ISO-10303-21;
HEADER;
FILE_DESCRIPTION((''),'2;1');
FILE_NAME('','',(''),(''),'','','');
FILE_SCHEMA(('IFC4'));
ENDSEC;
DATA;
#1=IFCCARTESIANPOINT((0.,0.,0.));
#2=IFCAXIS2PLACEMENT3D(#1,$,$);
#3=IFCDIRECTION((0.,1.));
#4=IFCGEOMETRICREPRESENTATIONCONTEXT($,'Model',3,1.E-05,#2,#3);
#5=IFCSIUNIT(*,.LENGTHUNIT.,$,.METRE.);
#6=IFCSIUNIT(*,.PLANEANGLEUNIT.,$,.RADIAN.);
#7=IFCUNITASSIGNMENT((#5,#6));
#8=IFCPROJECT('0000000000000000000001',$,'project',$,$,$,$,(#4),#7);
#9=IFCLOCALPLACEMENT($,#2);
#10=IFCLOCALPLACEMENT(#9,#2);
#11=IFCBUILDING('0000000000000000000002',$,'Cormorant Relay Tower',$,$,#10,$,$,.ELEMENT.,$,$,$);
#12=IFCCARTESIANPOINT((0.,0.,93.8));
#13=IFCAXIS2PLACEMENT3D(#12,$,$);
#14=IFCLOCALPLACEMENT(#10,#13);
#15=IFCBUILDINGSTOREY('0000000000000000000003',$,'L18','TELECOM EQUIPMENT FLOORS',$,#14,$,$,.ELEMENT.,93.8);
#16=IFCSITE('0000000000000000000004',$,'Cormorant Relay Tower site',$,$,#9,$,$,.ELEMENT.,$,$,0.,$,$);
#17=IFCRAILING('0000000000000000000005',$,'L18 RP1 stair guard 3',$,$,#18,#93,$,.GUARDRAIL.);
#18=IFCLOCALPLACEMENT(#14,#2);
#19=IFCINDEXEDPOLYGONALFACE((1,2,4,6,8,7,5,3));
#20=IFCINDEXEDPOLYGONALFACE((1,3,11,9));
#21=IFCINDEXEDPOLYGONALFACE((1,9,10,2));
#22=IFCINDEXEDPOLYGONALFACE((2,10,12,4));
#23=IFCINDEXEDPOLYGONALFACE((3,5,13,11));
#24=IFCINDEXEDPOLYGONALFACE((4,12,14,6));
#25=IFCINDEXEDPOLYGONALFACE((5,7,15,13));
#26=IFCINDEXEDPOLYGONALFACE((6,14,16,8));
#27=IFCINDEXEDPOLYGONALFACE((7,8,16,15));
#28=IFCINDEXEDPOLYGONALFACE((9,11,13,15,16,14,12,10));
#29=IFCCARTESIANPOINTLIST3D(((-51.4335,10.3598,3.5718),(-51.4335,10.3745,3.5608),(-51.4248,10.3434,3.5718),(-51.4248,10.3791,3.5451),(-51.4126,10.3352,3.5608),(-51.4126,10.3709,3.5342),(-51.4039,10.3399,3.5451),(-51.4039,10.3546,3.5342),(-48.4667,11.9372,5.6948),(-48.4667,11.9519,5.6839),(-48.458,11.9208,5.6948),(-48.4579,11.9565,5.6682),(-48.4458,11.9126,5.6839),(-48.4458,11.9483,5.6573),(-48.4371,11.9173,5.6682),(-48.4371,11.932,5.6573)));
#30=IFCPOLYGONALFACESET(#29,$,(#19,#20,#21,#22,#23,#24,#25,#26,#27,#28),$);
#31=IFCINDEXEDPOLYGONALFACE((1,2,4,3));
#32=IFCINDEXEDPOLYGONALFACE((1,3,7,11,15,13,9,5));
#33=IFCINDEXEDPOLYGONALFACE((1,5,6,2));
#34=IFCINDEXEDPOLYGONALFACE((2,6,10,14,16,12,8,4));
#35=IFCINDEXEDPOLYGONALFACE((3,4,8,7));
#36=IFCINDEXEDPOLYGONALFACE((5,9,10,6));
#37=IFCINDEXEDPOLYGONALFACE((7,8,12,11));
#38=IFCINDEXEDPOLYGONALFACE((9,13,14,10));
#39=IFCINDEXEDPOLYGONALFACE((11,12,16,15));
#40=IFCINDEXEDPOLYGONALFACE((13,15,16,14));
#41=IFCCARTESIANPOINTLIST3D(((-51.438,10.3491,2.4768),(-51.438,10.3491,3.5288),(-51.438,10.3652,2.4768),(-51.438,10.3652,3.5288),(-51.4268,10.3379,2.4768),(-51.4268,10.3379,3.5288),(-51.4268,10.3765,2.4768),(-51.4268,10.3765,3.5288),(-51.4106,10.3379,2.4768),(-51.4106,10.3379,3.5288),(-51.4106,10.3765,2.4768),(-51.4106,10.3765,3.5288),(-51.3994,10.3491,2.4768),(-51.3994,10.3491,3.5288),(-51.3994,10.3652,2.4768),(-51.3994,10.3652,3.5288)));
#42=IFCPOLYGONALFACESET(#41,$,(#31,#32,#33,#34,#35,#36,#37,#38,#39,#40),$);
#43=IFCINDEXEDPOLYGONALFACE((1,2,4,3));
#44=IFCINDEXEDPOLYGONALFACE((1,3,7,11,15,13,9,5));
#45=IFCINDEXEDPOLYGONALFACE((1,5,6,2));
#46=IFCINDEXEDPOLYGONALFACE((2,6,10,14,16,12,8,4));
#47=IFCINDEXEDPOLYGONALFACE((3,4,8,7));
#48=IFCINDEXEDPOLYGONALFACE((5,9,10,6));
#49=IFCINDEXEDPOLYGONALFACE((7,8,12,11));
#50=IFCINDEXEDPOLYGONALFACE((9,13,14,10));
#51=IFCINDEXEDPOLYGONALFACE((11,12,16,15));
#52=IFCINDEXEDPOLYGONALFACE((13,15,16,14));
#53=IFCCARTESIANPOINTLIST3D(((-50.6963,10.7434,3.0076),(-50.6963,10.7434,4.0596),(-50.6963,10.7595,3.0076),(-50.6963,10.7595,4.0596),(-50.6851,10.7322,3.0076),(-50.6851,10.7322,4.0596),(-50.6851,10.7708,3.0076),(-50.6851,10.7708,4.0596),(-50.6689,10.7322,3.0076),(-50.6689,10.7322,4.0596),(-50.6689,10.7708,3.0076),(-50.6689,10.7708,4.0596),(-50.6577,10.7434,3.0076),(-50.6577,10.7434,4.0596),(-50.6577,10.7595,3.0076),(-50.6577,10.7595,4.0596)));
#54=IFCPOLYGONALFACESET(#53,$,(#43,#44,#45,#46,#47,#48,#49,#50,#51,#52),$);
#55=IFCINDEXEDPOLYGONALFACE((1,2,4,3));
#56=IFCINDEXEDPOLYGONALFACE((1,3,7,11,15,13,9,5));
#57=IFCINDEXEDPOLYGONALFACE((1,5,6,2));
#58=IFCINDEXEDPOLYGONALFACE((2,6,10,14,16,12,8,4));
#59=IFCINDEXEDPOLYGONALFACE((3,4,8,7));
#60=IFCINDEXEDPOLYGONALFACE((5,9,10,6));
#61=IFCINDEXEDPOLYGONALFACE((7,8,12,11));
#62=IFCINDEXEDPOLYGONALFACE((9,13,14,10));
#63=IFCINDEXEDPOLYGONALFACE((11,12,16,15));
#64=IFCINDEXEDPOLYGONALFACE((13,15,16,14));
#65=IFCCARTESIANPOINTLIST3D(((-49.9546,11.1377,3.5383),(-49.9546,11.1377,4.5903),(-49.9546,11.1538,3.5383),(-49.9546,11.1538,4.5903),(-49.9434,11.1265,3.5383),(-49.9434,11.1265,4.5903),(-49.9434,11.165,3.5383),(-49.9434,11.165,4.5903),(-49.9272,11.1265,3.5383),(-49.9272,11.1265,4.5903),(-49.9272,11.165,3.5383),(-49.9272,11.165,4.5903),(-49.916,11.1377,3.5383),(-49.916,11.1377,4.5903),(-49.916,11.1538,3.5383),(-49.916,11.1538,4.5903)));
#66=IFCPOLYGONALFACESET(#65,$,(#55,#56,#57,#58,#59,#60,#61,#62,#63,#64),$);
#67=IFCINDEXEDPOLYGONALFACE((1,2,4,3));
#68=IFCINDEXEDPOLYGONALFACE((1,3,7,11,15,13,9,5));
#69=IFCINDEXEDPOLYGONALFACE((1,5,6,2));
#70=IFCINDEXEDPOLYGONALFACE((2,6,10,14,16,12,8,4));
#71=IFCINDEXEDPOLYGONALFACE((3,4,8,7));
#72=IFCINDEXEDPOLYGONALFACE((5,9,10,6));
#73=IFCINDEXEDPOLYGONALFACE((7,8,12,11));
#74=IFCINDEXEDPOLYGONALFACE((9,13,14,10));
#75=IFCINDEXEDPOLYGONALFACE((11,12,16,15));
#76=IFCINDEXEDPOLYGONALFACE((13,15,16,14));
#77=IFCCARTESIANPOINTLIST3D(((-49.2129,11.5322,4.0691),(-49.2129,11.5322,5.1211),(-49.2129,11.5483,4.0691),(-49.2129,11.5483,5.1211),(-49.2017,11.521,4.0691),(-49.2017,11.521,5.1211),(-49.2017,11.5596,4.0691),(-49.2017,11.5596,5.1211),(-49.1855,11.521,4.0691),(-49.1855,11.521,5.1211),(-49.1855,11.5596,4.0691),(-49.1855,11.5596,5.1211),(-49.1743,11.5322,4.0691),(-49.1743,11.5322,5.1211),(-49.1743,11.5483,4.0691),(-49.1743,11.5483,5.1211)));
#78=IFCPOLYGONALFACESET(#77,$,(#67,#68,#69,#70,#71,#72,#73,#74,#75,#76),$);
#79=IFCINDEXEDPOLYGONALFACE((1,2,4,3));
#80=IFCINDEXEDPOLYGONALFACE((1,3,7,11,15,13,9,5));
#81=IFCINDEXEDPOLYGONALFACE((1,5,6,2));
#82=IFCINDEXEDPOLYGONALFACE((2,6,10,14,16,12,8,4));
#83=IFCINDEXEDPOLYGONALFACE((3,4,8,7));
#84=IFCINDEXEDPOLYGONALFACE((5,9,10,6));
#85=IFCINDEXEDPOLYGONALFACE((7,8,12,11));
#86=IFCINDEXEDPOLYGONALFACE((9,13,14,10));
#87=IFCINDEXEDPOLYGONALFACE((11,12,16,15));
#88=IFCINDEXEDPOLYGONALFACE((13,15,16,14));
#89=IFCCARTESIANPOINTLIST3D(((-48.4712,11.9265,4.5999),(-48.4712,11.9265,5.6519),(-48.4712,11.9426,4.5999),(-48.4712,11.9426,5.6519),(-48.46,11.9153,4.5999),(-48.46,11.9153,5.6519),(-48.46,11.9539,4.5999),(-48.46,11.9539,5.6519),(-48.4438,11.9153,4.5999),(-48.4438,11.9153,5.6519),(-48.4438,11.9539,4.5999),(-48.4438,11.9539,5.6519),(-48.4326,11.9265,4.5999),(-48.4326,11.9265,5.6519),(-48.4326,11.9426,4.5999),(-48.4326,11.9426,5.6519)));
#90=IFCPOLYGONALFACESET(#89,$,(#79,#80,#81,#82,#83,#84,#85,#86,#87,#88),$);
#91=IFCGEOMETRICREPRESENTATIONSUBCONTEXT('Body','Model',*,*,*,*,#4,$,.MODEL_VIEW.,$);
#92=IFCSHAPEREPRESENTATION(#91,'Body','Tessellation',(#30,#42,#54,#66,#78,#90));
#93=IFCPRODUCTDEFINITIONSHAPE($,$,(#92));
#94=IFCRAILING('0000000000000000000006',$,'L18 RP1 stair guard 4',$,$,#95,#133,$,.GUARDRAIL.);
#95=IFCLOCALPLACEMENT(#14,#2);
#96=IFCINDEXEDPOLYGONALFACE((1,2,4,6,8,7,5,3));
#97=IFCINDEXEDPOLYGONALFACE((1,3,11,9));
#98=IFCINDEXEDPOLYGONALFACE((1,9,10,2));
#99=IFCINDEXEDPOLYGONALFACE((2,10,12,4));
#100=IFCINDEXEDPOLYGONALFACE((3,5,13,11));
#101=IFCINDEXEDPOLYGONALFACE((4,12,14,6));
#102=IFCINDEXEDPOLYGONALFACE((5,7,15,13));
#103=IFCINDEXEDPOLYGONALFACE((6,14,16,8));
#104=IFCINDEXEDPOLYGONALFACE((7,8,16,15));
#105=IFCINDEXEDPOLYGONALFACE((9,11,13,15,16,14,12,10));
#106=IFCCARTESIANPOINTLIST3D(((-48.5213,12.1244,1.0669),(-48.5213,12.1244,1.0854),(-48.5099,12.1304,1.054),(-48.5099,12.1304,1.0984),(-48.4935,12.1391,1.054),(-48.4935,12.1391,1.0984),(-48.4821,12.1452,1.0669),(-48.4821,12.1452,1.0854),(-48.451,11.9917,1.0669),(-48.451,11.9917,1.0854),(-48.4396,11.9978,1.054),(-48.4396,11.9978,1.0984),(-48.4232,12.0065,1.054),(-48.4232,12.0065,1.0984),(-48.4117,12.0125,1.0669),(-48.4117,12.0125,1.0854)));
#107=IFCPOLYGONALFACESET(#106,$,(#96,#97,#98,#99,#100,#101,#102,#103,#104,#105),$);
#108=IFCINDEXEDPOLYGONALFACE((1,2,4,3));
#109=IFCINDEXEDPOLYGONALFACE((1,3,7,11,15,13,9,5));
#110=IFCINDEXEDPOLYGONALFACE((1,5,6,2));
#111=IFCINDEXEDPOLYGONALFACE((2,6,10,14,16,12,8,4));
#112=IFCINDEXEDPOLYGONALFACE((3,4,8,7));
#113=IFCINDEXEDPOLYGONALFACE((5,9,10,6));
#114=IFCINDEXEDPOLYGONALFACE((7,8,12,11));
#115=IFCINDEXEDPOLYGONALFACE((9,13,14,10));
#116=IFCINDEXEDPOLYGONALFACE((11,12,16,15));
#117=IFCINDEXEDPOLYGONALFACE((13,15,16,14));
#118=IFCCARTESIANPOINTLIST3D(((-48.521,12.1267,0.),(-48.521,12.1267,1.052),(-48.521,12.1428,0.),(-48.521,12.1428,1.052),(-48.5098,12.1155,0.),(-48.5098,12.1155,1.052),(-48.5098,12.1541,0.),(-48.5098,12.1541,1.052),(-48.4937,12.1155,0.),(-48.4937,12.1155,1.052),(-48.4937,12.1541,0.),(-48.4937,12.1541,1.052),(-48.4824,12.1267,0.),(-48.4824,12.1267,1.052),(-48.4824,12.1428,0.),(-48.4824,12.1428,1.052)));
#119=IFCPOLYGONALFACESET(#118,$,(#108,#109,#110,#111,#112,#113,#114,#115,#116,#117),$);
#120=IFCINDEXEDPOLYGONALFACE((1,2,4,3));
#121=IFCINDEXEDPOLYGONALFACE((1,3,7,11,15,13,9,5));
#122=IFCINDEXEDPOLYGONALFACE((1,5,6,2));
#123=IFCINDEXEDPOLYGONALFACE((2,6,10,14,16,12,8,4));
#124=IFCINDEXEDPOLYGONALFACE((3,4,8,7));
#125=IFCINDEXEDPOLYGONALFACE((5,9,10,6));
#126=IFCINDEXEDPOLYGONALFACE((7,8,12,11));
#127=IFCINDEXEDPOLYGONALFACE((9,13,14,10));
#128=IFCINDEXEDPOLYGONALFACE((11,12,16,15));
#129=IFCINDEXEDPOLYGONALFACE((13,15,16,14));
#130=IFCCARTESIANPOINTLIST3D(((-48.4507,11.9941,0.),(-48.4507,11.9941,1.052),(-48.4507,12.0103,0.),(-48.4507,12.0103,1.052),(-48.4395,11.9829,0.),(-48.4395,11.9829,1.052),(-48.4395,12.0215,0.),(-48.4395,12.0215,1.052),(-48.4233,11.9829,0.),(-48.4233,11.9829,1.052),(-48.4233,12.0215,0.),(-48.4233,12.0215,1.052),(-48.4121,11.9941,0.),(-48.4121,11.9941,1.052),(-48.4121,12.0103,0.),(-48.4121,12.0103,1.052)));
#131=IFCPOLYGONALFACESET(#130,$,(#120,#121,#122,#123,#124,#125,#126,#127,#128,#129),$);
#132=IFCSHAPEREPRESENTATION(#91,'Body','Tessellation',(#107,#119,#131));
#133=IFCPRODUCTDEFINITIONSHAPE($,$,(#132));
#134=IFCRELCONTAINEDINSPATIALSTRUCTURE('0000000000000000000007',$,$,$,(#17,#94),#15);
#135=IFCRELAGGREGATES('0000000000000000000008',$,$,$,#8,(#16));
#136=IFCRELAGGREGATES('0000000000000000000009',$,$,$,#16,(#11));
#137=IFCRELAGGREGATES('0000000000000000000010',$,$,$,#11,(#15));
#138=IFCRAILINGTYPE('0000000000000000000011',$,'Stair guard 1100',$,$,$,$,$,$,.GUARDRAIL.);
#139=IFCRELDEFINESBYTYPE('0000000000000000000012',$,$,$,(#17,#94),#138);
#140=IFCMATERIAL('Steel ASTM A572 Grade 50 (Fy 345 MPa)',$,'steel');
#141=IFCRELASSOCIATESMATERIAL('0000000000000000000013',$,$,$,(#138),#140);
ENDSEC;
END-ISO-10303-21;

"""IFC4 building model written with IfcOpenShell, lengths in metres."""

from ifc_helpers import new_model, si_unit, direction, frame, origin, place, context, subcontext, project, spatial, polyline, outline, extrude, material, type_object, element, save


model = new_model("IFC4")

# Units and contexts
model_context = context("Model", 3, precision=1e-05, world=origin(), true_north=direction((0.0, 1.0)))
body_context = subcontext(model_context, "Body", "Model", "MODEL_VIEW")
ifc_project = project(units=[si_unit("LENGTHUNIT", "METRE"), si_unit("PLANEANGLEUNIT", "RADIAN")], contexts=[model_context])

# Site, building, storey
site_placement = place(None, origin())
site = spatial("IfcSite", under=ifc_project, at=site_placement, Name="Cormorant Relay Tower site", CompositionType="ELEMENT", RefElevation=0.0)
building_placement = place(site_placement, origin())
building = spatial("IfcBuilding", under=site, at=building_placement, Name="Cormorant Relay Tower", CompositionType="ELEMENT")
storey_placement = place(building_placement, frame((0.0, 0.0, 93.8)))
storey = spatial("IfcBuildingStorey", under=building, at=storey_placement, Name="L18", Description="TELECOM EQUIPMENT FLOORS", CompositionType="ELEMENT", Elevation=93.8)

# Railings
ifc_material_1 = material(Name="Steel ASTM A572 Grade 50 (Fy 345 MPa)", Category="steel")
railing_type_1 = type_object("IfcRailingType", Name="Stair guard 1100", PredefinedType="GUARDRAIL", material=ifc_material_1)
railing_1_placement = place(storey_placement, frame((-51.4187, 10.3572, 2.4768)))
element("IfcRailing", 1, at=railing_1_placement, inside=storey, type_object=railing_type_1, Name="L18 RP1 stair guard 3", PredefinedType="GUARDRAIL", context=body_context, shape_type="SweptSolid", body=[
    extrude(outline(polyline([(0.0222, 0.0093), (0.0093, 0.0222), (-0.0093, 0.0222), (-0.0222, 0.0093), (-0.0222, -0.0093), (-0.0093, -0.0222), (0.0093, -0.0222), (0.0222, -0.0093), (0.0222, 0.0093)])), frame((0.0, 0.0, 1.0762), z_axis=(0.746441, 0.396869, 0.534155), x_axis=(-0.469453, 0.882958, 0.0)), (0.0, 0.0, 1.0), 3.9746),
    extrude(outline(polyline([(0.0193, 0.0081), (0.0081, 0.0193), (-0.0081, 0.0193), (-0.0193, 0.0081), (-0.0193, -0.0081), (-0.0081, -0.0193), (0.0081, -0.0193), (0.0193, -0.0081), (0.0193, 0.0081)])), origin(), (0.0, 0.0, 1.0), 1.052),
    extrude(outline(polyline([(0.0193, 0.0081), (0.0081, 0.0193), (-0.0081, 0.0193), (-0.0193, 0.0081), (-0.0193, -0.0081), (-0.0081, -0.0193), (0.0081, -0.0193), (0.0193, -0.0081), (0.0193, 0.0081)])), frame((0.7417, 0.3943, 0.5308)), (0.0, 0.0, 1.0), 1.052),
    extrude(outline(polyline([(0.0193, 0.0081), (0.0081, 0.0193), (-0.0081, 0.0193), (-0.0193, 0.0081), (-0.0193, -0.0081), (-0.0081, -0.0193), (0.0081, -0.0193), (0.0193, -0.0081), (0.0193, 0.0081)])), frame((1.4834, 0.7886, 1.0615)), (0.0, 0.0, 1.0), 1.052),
    extrude(outline(polyline([(0.0193, 0.0081), (0.0081, 0.0193), (-0.0081, 0.0193), (-0.0193, 0.0081), (-0.0193, -0.0081), (-0.0081, -0.0193), (0.0081, -0.0193), (0.0193, -0.0081), (0.0193, 0.0081)])), frame((2.2251, 1.1831, 1.5923)), (0.0, 0.0, 1.0), 1.052),
    extrude(outline(polyline([(0.0193, 0.0081), (0.0081, 0.0193), (-0.0081, 0.0193), (-0.0193, 0.0081), (-0.0193, -0.0081), (-0.0081, -0.0193), (0.0081, -0.0193), (0.0193, -0.0081), (0.0193, 0.0081)])), frame((2.9668, 1.5774, 2.123)), (0.0, 0.0, 1.0), 1.052),
])
railing_2_placement = place(storey_placement, frame((-48.5017, 12.1348, 0.0)))
element("IfcRailing", 2, at=railing_2_placement, inside=storey, type_object=railing_type_1, Name="L18 RP1 stair guard 4", PredefinedType="GUARDRAIL", context=body_context, shape_type="SweptSolid", body=[
    extrude(outline(polyline([(0.0222, 0.0093), (0.0093, 0.0222), (-0.0093, 0.0222), (-0.0222, 0.0093), (-0.0222, -0.0093), (-0.0093, -0.0222), (0.0093, -0.0222), (0.0222, -0.0093), (0.0222, 0.0093)])), frame((0.0, 0.0, 1.0762), z_axis=(0.46856, -0.883431, 0.0), x_axis=(0.883431, 0.46856, 0.0)), (0.0, 0.0, 1.0), 0.1501),
    extrude(outline(polyline([(0.0193, 0.0081), (0.0081, 0.0193), (-0.0081, 0.0193), (-0.0193, 0.0081), (-0.0193, -0.0081), (-0.0081, -0.0193), (0.0081, -0.0193), (0.0193, -0.0081), (0.0193, 0.0081)])), origin(), (0.0, 0.0, 1.0), 1.052),
    extrude(outline(polyline([(0.0193, 0.0081), (0.0081, 0.0193), (-0.0081, 0.0193), (-0.0193, 0.0081), (-0.0193, -0.0081), (-0.0081, -0.0193), (0.0081, -0.0193), (0.0193, -0.0081), (0.0193, 0.0081)])), frame((0.0703, -0.1326, 0.0)), (0.0, 0.0, 1.0), 1.052),
])

save(model, "model.ifc")
